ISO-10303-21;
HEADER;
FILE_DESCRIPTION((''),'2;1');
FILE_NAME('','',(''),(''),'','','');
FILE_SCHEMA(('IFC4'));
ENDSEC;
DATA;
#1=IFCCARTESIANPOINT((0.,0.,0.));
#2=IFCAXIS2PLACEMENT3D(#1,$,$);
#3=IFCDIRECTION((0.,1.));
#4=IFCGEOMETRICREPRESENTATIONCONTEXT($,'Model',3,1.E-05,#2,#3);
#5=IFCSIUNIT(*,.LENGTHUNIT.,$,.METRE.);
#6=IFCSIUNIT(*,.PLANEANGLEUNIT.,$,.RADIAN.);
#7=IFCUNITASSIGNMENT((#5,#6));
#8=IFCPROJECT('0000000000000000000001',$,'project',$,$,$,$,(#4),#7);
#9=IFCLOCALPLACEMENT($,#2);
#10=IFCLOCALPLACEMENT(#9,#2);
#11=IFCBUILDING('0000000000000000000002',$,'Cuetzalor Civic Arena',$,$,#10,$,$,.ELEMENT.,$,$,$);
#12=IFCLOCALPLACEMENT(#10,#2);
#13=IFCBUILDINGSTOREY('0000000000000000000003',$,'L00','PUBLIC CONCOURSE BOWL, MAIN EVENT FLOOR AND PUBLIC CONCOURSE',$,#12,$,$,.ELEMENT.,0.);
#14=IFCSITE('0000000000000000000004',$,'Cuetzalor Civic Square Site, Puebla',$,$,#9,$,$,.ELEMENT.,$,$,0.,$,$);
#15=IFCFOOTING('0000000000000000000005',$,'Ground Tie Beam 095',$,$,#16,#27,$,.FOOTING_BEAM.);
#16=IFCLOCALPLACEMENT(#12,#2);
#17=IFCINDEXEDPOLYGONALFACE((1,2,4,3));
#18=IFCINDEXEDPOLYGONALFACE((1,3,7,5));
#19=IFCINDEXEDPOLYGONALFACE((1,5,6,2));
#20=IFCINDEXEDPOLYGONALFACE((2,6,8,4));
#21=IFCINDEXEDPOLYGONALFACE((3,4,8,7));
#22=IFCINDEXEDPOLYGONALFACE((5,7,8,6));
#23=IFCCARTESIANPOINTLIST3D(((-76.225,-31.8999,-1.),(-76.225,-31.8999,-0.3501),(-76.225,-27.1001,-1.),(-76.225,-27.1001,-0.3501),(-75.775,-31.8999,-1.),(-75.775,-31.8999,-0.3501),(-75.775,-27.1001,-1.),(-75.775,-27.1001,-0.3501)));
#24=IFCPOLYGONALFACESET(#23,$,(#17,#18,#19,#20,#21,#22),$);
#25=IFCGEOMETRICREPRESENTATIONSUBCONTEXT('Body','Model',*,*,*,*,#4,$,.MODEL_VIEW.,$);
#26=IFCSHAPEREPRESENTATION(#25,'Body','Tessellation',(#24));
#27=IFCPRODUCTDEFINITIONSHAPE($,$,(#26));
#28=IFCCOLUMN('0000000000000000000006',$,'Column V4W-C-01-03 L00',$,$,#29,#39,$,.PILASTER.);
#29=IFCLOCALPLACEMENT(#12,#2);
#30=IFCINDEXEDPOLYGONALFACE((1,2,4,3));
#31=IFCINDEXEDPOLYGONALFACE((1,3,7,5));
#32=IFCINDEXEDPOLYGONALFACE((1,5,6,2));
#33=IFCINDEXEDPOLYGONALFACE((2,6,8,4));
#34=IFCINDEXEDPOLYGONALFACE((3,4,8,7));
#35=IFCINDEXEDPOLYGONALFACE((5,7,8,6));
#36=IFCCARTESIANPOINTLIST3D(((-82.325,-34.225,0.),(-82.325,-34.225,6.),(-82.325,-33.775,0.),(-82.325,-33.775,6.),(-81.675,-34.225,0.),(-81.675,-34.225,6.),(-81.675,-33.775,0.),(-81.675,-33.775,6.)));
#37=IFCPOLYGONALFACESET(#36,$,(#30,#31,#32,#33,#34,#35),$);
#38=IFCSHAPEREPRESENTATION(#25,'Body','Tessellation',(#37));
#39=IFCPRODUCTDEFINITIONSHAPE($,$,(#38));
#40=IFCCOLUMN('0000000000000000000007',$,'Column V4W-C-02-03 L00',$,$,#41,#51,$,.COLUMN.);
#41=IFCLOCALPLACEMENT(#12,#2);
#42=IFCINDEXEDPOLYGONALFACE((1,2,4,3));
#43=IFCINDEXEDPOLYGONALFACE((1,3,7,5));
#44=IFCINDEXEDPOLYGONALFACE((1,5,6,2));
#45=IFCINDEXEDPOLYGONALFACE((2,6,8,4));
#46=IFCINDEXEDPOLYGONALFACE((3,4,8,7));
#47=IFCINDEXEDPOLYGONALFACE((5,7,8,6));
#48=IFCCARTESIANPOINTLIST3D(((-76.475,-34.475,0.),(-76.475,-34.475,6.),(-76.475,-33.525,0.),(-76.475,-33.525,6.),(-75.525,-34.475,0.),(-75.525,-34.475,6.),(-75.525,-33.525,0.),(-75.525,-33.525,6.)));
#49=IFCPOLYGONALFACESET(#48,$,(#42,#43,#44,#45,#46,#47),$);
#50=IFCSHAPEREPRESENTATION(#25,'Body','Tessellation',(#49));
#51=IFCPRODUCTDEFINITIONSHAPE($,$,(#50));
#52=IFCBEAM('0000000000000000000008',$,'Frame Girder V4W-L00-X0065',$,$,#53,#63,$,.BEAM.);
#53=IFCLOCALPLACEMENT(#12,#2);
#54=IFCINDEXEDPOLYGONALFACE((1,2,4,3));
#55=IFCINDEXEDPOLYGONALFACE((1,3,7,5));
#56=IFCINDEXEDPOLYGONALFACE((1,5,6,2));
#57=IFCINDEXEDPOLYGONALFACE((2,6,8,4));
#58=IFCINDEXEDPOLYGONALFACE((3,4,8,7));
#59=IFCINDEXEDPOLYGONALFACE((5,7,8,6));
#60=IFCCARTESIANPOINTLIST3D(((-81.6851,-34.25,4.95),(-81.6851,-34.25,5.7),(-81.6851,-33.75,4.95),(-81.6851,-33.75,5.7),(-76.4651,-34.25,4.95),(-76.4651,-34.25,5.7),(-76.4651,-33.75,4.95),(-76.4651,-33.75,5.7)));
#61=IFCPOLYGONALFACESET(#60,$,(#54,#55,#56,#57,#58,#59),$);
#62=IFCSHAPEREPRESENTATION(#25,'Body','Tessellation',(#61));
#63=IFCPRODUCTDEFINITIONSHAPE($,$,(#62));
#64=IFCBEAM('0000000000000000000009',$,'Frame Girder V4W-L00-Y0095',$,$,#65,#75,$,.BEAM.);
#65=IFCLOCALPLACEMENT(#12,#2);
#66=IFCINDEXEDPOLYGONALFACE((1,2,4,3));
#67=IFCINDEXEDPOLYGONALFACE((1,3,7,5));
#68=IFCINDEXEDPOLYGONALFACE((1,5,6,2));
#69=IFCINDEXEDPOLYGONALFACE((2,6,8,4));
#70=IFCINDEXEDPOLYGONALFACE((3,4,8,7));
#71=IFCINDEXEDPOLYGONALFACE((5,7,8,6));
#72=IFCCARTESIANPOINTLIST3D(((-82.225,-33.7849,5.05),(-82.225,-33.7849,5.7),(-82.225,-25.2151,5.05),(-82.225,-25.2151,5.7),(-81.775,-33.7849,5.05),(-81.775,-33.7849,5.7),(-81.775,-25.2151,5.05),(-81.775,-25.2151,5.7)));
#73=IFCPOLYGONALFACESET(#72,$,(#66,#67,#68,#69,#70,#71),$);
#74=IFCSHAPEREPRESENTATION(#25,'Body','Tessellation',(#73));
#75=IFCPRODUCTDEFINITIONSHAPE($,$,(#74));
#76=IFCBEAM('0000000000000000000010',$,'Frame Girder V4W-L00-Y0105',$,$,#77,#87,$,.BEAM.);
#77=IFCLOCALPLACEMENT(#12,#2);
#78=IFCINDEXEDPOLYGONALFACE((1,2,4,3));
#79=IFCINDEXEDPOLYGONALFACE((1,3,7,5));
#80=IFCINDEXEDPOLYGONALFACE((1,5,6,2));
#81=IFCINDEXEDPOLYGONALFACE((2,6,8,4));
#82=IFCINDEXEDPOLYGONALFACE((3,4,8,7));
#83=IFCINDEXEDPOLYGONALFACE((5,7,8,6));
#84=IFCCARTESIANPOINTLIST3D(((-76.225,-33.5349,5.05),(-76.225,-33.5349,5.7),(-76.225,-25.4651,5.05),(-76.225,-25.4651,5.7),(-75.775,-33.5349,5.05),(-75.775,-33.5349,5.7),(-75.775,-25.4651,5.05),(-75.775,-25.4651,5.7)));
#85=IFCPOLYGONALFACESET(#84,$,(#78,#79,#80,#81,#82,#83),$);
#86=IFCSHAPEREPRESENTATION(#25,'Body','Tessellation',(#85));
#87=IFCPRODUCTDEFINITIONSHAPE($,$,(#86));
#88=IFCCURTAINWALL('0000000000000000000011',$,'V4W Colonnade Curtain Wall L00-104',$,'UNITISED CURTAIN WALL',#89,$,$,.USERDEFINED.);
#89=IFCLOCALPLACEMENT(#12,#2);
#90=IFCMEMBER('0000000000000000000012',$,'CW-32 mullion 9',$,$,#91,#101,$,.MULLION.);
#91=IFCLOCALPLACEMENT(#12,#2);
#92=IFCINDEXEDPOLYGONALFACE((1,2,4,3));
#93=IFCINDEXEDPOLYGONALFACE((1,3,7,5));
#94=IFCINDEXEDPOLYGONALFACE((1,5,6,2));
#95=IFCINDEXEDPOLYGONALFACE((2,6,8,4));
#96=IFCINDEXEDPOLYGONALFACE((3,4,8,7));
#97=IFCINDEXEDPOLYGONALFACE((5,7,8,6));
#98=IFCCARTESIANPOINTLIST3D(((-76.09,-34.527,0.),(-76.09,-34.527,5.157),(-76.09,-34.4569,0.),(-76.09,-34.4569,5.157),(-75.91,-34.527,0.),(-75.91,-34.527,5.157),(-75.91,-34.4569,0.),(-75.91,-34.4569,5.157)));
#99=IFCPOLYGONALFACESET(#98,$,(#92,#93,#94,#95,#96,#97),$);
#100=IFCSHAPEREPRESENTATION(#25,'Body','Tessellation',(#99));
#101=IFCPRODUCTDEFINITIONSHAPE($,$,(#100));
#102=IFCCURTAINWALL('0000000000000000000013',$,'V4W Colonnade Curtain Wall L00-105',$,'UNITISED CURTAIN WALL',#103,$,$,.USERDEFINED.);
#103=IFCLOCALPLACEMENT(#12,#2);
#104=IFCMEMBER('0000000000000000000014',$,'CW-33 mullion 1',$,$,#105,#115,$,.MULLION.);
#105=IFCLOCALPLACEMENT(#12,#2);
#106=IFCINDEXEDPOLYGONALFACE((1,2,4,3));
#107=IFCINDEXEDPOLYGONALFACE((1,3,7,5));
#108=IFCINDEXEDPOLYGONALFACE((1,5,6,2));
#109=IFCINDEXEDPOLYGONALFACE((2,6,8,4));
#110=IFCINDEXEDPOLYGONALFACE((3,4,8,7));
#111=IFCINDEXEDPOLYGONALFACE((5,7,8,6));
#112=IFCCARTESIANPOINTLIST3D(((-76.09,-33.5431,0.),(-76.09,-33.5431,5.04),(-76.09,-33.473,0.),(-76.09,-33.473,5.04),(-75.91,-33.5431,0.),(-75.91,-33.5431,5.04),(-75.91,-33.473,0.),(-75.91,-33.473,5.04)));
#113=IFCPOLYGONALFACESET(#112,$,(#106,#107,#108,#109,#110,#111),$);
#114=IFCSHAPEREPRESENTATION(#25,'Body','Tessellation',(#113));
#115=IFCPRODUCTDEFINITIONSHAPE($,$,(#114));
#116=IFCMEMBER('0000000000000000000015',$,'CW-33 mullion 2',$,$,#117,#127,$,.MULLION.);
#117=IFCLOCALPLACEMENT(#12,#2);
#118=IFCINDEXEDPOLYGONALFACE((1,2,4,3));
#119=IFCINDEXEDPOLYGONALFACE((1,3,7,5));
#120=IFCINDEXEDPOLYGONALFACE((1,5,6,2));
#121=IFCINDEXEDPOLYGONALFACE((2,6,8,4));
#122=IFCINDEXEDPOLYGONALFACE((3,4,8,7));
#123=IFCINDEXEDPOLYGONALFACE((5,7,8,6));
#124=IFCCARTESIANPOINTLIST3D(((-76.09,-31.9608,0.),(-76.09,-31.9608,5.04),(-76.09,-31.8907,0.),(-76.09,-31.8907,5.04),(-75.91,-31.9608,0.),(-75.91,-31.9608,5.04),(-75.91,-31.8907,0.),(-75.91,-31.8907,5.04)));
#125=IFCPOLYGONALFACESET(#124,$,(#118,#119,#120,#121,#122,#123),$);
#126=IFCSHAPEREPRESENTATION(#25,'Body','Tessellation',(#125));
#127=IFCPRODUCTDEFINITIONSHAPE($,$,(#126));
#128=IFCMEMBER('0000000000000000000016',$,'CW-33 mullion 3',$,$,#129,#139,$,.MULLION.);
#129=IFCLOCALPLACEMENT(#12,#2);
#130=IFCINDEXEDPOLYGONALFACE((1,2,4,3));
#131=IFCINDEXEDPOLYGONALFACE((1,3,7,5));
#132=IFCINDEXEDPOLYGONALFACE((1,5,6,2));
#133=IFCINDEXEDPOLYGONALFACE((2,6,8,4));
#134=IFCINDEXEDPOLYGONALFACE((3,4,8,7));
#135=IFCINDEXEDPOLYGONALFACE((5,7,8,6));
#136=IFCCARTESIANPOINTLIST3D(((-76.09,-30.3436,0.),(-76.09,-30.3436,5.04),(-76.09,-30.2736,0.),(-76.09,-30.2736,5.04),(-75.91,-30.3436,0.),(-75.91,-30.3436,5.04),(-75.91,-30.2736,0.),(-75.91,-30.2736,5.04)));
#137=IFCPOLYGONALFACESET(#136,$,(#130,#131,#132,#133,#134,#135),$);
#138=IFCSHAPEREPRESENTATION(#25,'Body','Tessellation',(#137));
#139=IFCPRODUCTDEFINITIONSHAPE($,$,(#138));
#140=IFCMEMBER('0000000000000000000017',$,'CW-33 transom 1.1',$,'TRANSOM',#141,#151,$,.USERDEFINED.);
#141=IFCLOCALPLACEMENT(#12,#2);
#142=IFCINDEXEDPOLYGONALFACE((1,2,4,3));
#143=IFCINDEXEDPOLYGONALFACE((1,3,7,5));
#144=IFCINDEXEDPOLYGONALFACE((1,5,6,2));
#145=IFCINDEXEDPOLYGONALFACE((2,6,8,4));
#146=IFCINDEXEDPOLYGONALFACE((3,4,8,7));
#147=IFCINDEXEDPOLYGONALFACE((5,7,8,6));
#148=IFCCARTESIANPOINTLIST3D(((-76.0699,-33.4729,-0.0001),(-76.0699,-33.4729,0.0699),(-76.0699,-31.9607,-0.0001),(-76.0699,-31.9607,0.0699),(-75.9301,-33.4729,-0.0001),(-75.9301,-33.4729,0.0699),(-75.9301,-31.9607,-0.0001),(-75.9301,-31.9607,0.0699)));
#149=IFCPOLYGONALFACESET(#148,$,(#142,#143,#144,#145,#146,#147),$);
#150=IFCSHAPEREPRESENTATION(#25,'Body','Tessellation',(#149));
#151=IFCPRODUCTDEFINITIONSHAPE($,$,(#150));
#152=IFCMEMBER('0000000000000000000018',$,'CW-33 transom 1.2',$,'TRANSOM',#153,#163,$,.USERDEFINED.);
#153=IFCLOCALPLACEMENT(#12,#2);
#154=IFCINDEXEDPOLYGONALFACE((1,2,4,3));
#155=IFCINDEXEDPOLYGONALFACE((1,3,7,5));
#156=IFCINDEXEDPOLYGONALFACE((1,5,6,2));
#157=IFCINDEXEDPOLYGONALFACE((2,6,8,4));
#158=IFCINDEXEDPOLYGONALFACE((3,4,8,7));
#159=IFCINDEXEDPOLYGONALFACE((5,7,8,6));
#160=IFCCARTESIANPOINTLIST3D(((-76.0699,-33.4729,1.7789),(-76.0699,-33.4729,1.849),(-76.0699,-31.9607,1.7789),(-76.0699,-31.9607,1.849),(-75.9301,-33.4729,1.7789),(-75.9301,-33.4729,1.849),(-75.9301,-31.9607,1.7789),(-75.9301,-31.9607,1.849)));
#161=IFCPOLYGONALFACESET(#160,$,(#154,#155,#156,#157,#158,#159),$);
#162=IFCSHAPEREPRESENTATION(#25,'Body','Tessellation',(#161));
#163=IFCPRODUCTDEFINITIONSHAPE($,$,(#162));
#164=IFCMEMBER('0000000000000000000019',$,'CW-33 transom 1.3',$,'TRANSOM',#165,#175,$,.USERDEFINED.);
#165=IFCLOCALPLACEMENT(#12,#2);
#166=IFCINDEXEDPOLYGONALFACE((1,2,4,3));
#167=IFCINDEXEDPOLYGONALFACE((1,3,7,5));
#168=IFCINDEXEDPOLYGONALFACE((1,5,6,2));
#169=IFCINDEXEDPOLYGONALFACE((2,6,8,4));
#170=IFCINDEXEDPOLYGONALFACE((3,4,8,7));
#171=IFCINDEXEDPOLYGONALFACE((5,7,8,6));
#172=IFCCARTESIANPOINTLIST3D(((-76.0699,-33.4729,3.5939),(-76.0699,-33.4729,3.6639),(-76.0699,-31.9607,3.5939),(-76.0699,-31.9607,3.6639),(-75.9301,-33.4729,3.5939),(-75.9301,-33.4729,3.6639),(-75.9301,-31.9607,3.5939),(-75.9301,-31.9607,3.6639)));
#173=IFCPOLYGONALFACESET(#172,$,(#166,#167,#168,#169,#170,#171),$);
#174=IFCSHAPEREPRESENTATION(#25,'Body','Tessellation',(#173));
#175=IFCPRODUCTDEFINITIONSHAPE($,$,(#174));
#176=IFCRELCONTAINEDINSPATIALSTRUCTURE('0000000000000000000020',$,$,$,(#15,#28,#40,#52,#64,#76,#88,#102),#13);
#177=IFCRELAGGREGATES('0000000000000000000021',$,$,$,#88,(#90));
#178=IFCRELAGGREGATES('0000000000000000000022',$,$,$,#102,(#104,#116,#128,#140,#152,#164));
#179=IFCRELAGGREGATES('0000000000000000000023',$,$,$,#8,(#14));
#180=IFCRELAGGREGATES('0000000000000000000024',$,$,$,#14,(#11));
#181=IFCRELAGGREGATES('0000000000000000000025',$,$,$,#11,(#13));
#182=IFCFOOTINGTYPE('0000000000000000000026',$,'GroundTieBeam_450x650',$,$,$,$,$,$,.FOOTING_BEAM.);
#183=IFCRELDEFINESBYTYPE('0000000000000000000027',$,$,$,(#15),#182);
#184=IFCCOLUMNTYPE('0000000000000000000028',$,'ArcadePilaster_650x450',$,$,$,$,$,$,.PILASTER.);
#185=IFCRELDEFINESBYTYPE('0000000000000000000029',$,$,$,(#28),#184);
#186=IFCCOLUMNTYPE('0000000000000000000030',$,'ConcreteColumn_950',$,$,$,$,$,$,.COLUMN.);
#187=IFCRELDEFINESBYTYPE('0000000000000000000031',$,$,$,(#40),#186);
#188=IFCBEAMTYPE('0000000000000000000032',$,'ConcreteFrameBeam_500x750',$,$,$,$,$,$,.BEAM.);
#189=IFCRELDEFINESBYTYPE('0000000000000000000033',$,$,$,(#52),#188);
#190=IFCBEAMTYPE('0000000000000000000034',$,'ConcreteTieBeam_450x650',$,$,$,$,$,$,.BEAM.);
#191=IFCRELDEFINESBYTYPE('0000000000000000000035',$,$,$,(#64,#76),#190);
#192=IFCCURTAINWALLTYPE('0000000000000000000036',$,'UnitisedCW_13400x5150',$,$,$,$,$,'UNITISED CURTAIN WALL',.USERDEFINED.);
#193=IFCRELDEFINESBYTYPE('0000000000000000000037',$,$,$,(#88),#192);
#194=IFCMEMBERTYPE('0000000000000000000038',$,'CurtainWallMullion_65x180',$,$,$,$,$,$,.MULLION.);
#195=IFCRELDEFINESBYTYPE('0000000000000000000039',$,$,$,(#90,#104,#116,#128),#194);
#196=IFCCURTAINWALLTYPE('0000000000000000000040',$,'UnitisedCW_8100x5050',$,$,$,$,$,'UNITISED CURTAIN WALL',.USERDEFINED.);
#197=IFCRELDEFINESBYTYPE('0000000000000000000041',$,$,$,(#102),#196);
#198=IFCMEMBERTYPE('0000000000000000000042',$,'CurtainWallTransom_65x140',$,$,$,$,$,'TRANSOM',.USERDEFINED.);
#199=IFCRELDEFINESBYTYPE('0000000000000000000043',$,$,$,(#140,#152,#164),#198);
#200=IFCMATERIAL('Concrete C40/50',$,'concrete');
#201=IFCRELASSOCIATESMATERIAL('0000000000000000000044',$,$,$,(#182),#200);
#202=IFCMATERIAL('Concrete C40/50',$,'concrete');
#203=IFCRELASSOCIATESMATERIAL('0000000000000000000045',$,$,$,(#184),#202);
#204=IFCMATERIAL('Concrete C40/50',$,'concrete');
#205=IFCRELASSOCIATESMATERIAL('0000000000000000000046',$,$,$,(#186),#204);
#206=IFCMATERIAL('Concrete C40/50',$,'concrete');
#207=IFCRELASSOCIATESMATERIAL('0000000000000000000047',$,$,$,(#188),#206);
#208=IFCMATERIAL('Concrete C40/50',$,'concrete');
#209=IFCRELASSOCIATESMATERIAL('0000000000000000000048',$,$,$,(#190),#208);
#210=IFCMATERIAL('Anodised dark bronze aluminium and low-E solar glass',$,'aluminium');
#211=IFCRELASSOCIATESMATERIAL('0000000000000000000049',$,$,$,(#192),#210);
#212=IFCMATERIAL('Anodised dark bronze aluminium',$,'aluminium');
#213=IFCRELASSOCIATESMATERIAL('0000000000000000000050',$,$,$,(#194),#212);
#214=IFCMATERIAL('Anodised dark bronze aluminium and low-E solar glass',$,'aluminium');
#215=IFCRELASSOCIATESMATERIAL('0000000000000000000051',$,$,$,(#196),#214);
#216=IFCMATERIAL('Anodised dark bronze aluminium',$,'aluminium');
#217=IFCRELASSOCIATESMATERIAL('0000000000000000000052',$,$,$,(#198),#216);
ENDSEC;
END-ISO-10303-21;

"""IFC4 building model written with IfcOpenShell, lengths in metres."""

from ifc_helpers import new_model, si_unit, direction, frame, origin, origin_2d, place, context, subcontext, project, spatial, rectangle, extrude, material, material_profile, profile_set, type_object, element, aggregate, save


model = new_model("IFC4")

# Units and contexts
model_context = context("Model", 3, precision=1e-05, world=origin(), true_north=direction((0.0, 1.0)))
body_context = subcontext(model_context, "Body", "Model", "MODEL_VIEW")
ifc_project = project(units=[si_unit("LENGTHUNIT", "METRE"), si_unit("PLANEANGLEUNIT", "RADIAN")], contexts=[model_context])

# Site, building, storey
site_placement = place(None, origin())
site = spatial("IfcSite", under=ifc_project, at=site_placement, Name="Cuetzalor Civic Square Site, Puebla", CompositionType="ELEMENT", RefElevation=0.0)
building_placement = place(site_placement, origin())
building = spatial("IfcBuilding", under=site, at=building_placement, Name="Cuetzalor Civic Arena", CompositionType="ELEMENT")
storey_placement = place(building_placement, origin())
storey = spatial("IfcBuildingStorey", under=building, at=storey_placement, Name="L00", Description="PUBLIC CONCOURSE BOWL, MAIN EVENT FLOOR AND PUBLIC CONCOURSE", CompositionType="ELEMENT", Elevation=0.0)

# Footing
ifc_material_1 = material(Name="Concrete C40/50", Category="concrete")
ifc_material_profile_1 = material_profile(ifc_material_1, rectangle(XDim=0.45, YDim=0.6499, at=origin_2d()), Name="RC 450x650")
ifc_profile_set_1 = profile_set([ifc_material_profile_1], Name="Concrete C40/50")
footing_type_1 = type_object("IfcFootingType", Name="GroundTieBeam_450x650", PredefinedType="FOOTING_BEAM", material=ifc_profile_set_1)
footing_1_placement = place(storey_placement, frame((-76.0, -31.8999, -0.675), z_axis=(0.0, 1.0, 0.0), x_axis=(-1.0, 0.0, 0.0)))
element("IfcFooting", 1, at=footing_1_placement, inside=storey, type_object=footing_type_1, Name="Ground Tie Beam 095", PredefinedType="FOOTING_BEAM", context=body_context, shape_type="SweptSolid", body=[
    extrude(rectangle(XDim=0.45, YDim=0.6499, at=origin_2d()), origin(), (0.0, 0.0, 1.0), 4.7998),
])

# Columns
ifc_material_2 = material(Name="Concrete C40/50", Category="concrete")
ifc_material_profile_2 = material_profile(ifc_material_2, rectangle(XDim=0.6499, YDim=0.45, at=origin_2d()), Name="RC 650x450")
ifc_profile_set_2 = profile_set([ifc_material_profile_2], Name="Concrete C40/50")
column_type_1 = type_object("IfcColumnType", Name="ArcadePilaster_650x450", PredefinedType="PILASTER", material=ifc_profile_set_2)
column_1_placement = place(storey_placement, frame((-82.0, -34.0, 0.0), z_axis=(0.0, 0.0, 1.0), x_axis=(1.0, 0.0, 0.0)))
element("IfcColumn", 2, at=column_1_placement, inside=storey, type_object=column_type_1, Name="Column V4W-C-01-03 L00", PredefinedType="PILASTER", context=body_context, shape_type="SweptSolid", body=[
    extrude(rectangle(XDim=0.6499, YDim=0.45, at=origin_2d()), origin(), (0.0, 0.0, 1.0), 6.0),
])
ifc_material_3 = material(Name="Concrete C40/50", Category="concrete")
ifc_material_profile_3 = material_profile(ifc_material_3, rectangle(XDim=0.95, YDim=0.95, at=origin_2d()), Name="RC 950x950")
ifc_profile_set_3 = profile_set([ifc_material_profile_3], Name="Concrete C40/50")
column_type_2 = type_object("IfcColumnType", Name="ConcreteColumn_950", PredefinedType="COLUMN", material=ifc_profile_set_3)
column_2_placement = place(storey_placement, frame((-76.0, -34.0, 0.0), z_axis=(0.0, 0.0, 1.0), x_axis=(1.0, 0.0, 0.0)))
element("IfcColumn", 3, at=column_2_placement, inside=storey, type_object=column_type_2, Name="Column V4W-C-02-03 L00", PredefinedType="COLUMN", context=body_context, shape_type="SweptSolid", body=[
    extrude(rectangle(XDim=0.95, YDim=0.95, at=origin_2d()), origin(), (0.0, 0.0, 1.0), 6.0),
])

# Beams
ifc_material_4 = material(Name="Concrete C40/50", Category="concrete")
ifc_material_profile_4 = material_profile(ifc_material_4, rectangle(XDim=0.5, YDim=0.75, at=origin_2d()), Name="RC 500x750")
ifc_profile_set_4 = profile_set([ifc_material_profile_4], Name="Concrete C40/50")
beam_type_1 = type_object("IfcBeamType", Name="ConcreteFrameBeam_500x750", PredefinedType="BEAM", material=ifc_profile_set_4)
beam_1_placement = place(storey_placement, frame((-81.6851, -34.0, 5.325), z_axis=(1.0, 0.0, 0.0), x_axis=(0.0, 1.0, 0.0)))
element("IfcBeam", 4, at=beam_1_placement, inside=storey, type_object=beam_type_1, Name="Frame Girder V4W-L00-X0065", PredefinedType="BEAM", context=body_context, shape_type="SweptSolid", body=[
    extrude(rectangle(XDim=0.5, YDim=0.75, at=origin_2d()), origin(), (0.0, 0.0, 1.0), 5.22),
])
ifc_material_5 = material(Name="Concrete C40/50", Category="concrete")
ifc_material_profile_5 = material_profile(ifc_material_5, rectangle(XDim=0.45, YDim=0.6499, at=origin_2d()), Name="RC 450x650")
ifc_profile_set_5 = profile_set([ifc_material_profile_5], Name="Concrete C40/50")
beam_type_2 = type_object("IfcBeamType", Name="ConcreteTieBeam_450x650", PredefinedType="BEAM", material=ifc_profile_set_5)
beam_2_placement = place(storey_placement, frame((-82.0, -33.7849, 5.375), z_axis=(0.0, 1.0, 0.0), x_axis=(-1.0, 0.0, 0.0)))
element("IfcBeam", 5, at=beam_2_placement, inside=storey, type_object=beam_type_2, Name="Frame Girder V4W-L00-Y0095", PredefinedType="BEAM", context=body_context, shape_type="SweptSolid", body=[
    extrude(rectangle(XDim=0.45, YDim=0.6499, at=origin_2d()), origin(), (0.0, 0.0, 1.0), 8.5698),
])
beam_3_placement = place(storey_placement, frame((-76.0, -33.5349, 5.375), z_axis=(0.0, 1.0, 0.0), x_axis=(-1.0, 0.0, 0.0)))
element("IfcBeam", 6, at=beam_3_placement, inside=storey, type_object=beam_type_2, Name="Frame Girder V4W-L00-Y0105", PredefinedType="BEAM", context=body_context, shape_type="SweptSolid", body=[
    extrude(rectangle(XDim=0.45, YDim=0.6499, at=origin_2d()), origin(), (0.0, 0.0, 1.0), 8.0698),
])

# Curtain wall, member
ifc_material_6 = material(Name="Anodised dark bronze aluminium and low-E solar glass", Category="aluminium")
curtain_wall_type_1 = type_object("IfcCurtainWallType", Name="UnitisedCW_13400x5150", ElementType="UNITISED CURTAIN WALL", PredefinedType="USERDEFINED", material=ifc_material_6)
curtain_wall_1_placement = place(storey_placement, origin())
curtain_wall_1 = element("IfcCurtainWall", 7, at=curtain_wall_1_placement, inside=storey, type_object=curtain_wall_type_1, Name="V4W Colonnade Curtain Wall L00-104", ObjectType="UNITISED CURTAIN WALL", PredefinedType="USERDEFINED")
ifc_material_7 = material(Name="Anodised dark bronze aluminium", Category="aluminium")
ifc_material_profile_6 = material_profile(ifc_material_7, rectangle(XDim=0.0701, YDim=0.1799, at=origin_2d()), Name="ALU MULLION 70x180")
ifc_profile_set_6 = profile_set([ifc_material_profile_6], Name="Anodised dark bronze aluminium")
member_type_1 = type_object("IfcMemberType", Name="CurtainWallMullion_65x180", PredefinedType="MULLION", material=ifc_profile_set_6)
member_1_placement = place(storey_placement, frame((-76.0, -34.4919, 0.0), z_axis=(0.0, 0.0, 1.0), x_axis=(0.0, 1.0, 0.0)))
member_1 = element("IfcMember", 8, at=member_1_placement, type_object=member_type_1, Name="CW-32 mullion 9", PredefinedType="MULLION", context=body_context, shape_type="SweptSolid", body=[
    extrude(rectangle(XDim=0.0701, YDim=0.1799, at=origin_2d()), origin(), (0.0, 0.0, 1.0), 5.157),
])
aggregate(curtain_wall_1, [member_1])

# Curtain wall, members
ifc_material_8 = material(Name="Anodised dark bronze aluminium and low-E solar glass", Category="aluminium")
curtain_wall_type_2 = type_object("IfcCurtainWallType", Name="UnitisedCW_8100x5050", ElementType="UNITISED CURTAIN WALL", PredefinedType="USERDEFINED", material=ifc_material_8)
curtain_wall_2_placement = place(storey_placement, origin())
curtain_wall_2 = element("IfcCurtainWall", 9, at=curtain_wall_2_placement, inside=storey, type_object=curtain_wall_type_2, Name="V4W Colonnade Curtain Wall L00-105", ObjectType="UNITISED CURTAIN WALL", PredefinedType="USERDEFINED")
member_2_placement = place(storey_placement, frame((-76.0, -33.5081, 0.0), z_axis=(0.0, 0.0, 1.0), x_axis=(0.0, 1.0, 0.0)))
member_2 = element("IfcMember", 10, at=member_2_placement, type_object=member_type_1, Name="CW-33 mullion 1", PredefinedType="MULLION", context=body_context, shape_type="SweptSolid", body=[
    extrude(rectangle(XDim=0.0701, YDim=0.1799, at=origin_2d()), origin(), (0.0, 0.0, 1.0), 5.04),
])
member_3_placement = place(storey_placement, frame((-76.0, -31.9258, 0.0), z_axis=(0.0, 0.0, 1.0), x_axis=(0.0, 1.0, 0.0)))
member_3 = element("IfcMember", 11, at=member_3_placement, type_object=member_type_1, Name="CW-33 mullion 2", PredefinedType="MULLION", context=body_context, shape_type="SweptSolid", body=[
    extrude(rectangle(XDim=0.0701, YDim=0.1799, at=origin_2d()), origin(), (0.0, 0.0, 1.0), 5.04),
])
member_4_placement = place(storey_placement, frame((-76.0, -30.3086, 0.0), z_axis=(0.0, 0.0, 1.0), x_axis=(0.0, 1.0, 0.0)))
member_4 = element("IfcMember", 12, at=member_4_placement, type_object=member_type_1, Name="CW-33 mullion 3", PredefinedType="MULLION", context=body_context, shape_type="SweptSolid", body=[
    extrude(rectangle(XDim=0.0701, YDim=0.1799, at=origin_2d()), origin(), (0.0, 0.0, 1.0), 5.04),
])
ifc_material_9 = material(Name="Anodised dark bronze aluminium", Category="aluminium")
ifc_material_profile_7 = material_profile(ifc_material_9, rectangle(XDim=0.1399, YDim=0.0701, at=origin_2d()), Name="ALU TRANSOM 70x140")
ifc_profile_set_7 = profile_set([ifc_material_profile_7], Name="Anodised dark bronze aluminium")
member_type_2 = type_object("IfcMemberType", Name="CurtainWallTransom_65x140", ElementType="TRANSOM", PredefinedType="USERDEFINED", material=ifc_profile_set_7)
member_5_placement = place(storey_placement, frame((-76.0, -33.4729, 0.0349), z_axis=(0.0, 1.0, 0.0), x_axis=(-1.0, 0.0, 0.0)))
member_5 = element("IfcMember", 13, at=member_5_placement, type_object=member_type_2, Name="CW-33 transom 1.1", ObjectType="TRANSOM", PredefinedType="USERDEFINED", context=body_context, shape_type="SweptSolid", body=[
    extrude(rectangle(XDim=0.1399, YDim=0.0701, at=origin_2d()), origin(), (0.0, 0.0, 1.0), 1.5122),
])
member_6_placement = place(storey_placement, frame((-76.0, -33.4729, 1.814), z_axis=(0.0, 1.0, 0.0), x_axis=(-1.0, 0.0, 0.0)))
member_6 = element("IfcMember", 14, at=member_6_placement, type_object=member_type_2, Name="CW-33 transom 1.2", ObjectType="TRANSOM", PredefinedType="USERDEFINED", context=body_context, shape_type="SweptSolid", body=[
    extrude(rectangle(XDim=0.1399, YDim=0.0701, at=origin_2d()), origin(), (0.0, 0.0, 1.0), 1.5122),
])
member_7_placement = place(storey_placement, frame((-76.0, -33.4729, 3.6289), z_axis=(0.0, 1.0, 0.0), x_axis=(-1.0, 0.0, 0.0)))
member_7 = element("IfcMember", 15, at=member_7_placement, type_object=member_type_2, Name="CW-33 transom 1.3", ObjectType="TRANSOM", PredefinedType="USERDEFINED", context=body_context, shape_type="SweptSolid", body=[
    extrude(rectangle(XDim=0.1399, YDim=0.0701, at=origin_2d()), origin(), (0.0, 0.0, 1.0), 1.5122),
])

aggregate(curtain_wall_2, [member_2, member_3, member_4, member_5, member_6, member_7])

save(model, "model.ifc")
